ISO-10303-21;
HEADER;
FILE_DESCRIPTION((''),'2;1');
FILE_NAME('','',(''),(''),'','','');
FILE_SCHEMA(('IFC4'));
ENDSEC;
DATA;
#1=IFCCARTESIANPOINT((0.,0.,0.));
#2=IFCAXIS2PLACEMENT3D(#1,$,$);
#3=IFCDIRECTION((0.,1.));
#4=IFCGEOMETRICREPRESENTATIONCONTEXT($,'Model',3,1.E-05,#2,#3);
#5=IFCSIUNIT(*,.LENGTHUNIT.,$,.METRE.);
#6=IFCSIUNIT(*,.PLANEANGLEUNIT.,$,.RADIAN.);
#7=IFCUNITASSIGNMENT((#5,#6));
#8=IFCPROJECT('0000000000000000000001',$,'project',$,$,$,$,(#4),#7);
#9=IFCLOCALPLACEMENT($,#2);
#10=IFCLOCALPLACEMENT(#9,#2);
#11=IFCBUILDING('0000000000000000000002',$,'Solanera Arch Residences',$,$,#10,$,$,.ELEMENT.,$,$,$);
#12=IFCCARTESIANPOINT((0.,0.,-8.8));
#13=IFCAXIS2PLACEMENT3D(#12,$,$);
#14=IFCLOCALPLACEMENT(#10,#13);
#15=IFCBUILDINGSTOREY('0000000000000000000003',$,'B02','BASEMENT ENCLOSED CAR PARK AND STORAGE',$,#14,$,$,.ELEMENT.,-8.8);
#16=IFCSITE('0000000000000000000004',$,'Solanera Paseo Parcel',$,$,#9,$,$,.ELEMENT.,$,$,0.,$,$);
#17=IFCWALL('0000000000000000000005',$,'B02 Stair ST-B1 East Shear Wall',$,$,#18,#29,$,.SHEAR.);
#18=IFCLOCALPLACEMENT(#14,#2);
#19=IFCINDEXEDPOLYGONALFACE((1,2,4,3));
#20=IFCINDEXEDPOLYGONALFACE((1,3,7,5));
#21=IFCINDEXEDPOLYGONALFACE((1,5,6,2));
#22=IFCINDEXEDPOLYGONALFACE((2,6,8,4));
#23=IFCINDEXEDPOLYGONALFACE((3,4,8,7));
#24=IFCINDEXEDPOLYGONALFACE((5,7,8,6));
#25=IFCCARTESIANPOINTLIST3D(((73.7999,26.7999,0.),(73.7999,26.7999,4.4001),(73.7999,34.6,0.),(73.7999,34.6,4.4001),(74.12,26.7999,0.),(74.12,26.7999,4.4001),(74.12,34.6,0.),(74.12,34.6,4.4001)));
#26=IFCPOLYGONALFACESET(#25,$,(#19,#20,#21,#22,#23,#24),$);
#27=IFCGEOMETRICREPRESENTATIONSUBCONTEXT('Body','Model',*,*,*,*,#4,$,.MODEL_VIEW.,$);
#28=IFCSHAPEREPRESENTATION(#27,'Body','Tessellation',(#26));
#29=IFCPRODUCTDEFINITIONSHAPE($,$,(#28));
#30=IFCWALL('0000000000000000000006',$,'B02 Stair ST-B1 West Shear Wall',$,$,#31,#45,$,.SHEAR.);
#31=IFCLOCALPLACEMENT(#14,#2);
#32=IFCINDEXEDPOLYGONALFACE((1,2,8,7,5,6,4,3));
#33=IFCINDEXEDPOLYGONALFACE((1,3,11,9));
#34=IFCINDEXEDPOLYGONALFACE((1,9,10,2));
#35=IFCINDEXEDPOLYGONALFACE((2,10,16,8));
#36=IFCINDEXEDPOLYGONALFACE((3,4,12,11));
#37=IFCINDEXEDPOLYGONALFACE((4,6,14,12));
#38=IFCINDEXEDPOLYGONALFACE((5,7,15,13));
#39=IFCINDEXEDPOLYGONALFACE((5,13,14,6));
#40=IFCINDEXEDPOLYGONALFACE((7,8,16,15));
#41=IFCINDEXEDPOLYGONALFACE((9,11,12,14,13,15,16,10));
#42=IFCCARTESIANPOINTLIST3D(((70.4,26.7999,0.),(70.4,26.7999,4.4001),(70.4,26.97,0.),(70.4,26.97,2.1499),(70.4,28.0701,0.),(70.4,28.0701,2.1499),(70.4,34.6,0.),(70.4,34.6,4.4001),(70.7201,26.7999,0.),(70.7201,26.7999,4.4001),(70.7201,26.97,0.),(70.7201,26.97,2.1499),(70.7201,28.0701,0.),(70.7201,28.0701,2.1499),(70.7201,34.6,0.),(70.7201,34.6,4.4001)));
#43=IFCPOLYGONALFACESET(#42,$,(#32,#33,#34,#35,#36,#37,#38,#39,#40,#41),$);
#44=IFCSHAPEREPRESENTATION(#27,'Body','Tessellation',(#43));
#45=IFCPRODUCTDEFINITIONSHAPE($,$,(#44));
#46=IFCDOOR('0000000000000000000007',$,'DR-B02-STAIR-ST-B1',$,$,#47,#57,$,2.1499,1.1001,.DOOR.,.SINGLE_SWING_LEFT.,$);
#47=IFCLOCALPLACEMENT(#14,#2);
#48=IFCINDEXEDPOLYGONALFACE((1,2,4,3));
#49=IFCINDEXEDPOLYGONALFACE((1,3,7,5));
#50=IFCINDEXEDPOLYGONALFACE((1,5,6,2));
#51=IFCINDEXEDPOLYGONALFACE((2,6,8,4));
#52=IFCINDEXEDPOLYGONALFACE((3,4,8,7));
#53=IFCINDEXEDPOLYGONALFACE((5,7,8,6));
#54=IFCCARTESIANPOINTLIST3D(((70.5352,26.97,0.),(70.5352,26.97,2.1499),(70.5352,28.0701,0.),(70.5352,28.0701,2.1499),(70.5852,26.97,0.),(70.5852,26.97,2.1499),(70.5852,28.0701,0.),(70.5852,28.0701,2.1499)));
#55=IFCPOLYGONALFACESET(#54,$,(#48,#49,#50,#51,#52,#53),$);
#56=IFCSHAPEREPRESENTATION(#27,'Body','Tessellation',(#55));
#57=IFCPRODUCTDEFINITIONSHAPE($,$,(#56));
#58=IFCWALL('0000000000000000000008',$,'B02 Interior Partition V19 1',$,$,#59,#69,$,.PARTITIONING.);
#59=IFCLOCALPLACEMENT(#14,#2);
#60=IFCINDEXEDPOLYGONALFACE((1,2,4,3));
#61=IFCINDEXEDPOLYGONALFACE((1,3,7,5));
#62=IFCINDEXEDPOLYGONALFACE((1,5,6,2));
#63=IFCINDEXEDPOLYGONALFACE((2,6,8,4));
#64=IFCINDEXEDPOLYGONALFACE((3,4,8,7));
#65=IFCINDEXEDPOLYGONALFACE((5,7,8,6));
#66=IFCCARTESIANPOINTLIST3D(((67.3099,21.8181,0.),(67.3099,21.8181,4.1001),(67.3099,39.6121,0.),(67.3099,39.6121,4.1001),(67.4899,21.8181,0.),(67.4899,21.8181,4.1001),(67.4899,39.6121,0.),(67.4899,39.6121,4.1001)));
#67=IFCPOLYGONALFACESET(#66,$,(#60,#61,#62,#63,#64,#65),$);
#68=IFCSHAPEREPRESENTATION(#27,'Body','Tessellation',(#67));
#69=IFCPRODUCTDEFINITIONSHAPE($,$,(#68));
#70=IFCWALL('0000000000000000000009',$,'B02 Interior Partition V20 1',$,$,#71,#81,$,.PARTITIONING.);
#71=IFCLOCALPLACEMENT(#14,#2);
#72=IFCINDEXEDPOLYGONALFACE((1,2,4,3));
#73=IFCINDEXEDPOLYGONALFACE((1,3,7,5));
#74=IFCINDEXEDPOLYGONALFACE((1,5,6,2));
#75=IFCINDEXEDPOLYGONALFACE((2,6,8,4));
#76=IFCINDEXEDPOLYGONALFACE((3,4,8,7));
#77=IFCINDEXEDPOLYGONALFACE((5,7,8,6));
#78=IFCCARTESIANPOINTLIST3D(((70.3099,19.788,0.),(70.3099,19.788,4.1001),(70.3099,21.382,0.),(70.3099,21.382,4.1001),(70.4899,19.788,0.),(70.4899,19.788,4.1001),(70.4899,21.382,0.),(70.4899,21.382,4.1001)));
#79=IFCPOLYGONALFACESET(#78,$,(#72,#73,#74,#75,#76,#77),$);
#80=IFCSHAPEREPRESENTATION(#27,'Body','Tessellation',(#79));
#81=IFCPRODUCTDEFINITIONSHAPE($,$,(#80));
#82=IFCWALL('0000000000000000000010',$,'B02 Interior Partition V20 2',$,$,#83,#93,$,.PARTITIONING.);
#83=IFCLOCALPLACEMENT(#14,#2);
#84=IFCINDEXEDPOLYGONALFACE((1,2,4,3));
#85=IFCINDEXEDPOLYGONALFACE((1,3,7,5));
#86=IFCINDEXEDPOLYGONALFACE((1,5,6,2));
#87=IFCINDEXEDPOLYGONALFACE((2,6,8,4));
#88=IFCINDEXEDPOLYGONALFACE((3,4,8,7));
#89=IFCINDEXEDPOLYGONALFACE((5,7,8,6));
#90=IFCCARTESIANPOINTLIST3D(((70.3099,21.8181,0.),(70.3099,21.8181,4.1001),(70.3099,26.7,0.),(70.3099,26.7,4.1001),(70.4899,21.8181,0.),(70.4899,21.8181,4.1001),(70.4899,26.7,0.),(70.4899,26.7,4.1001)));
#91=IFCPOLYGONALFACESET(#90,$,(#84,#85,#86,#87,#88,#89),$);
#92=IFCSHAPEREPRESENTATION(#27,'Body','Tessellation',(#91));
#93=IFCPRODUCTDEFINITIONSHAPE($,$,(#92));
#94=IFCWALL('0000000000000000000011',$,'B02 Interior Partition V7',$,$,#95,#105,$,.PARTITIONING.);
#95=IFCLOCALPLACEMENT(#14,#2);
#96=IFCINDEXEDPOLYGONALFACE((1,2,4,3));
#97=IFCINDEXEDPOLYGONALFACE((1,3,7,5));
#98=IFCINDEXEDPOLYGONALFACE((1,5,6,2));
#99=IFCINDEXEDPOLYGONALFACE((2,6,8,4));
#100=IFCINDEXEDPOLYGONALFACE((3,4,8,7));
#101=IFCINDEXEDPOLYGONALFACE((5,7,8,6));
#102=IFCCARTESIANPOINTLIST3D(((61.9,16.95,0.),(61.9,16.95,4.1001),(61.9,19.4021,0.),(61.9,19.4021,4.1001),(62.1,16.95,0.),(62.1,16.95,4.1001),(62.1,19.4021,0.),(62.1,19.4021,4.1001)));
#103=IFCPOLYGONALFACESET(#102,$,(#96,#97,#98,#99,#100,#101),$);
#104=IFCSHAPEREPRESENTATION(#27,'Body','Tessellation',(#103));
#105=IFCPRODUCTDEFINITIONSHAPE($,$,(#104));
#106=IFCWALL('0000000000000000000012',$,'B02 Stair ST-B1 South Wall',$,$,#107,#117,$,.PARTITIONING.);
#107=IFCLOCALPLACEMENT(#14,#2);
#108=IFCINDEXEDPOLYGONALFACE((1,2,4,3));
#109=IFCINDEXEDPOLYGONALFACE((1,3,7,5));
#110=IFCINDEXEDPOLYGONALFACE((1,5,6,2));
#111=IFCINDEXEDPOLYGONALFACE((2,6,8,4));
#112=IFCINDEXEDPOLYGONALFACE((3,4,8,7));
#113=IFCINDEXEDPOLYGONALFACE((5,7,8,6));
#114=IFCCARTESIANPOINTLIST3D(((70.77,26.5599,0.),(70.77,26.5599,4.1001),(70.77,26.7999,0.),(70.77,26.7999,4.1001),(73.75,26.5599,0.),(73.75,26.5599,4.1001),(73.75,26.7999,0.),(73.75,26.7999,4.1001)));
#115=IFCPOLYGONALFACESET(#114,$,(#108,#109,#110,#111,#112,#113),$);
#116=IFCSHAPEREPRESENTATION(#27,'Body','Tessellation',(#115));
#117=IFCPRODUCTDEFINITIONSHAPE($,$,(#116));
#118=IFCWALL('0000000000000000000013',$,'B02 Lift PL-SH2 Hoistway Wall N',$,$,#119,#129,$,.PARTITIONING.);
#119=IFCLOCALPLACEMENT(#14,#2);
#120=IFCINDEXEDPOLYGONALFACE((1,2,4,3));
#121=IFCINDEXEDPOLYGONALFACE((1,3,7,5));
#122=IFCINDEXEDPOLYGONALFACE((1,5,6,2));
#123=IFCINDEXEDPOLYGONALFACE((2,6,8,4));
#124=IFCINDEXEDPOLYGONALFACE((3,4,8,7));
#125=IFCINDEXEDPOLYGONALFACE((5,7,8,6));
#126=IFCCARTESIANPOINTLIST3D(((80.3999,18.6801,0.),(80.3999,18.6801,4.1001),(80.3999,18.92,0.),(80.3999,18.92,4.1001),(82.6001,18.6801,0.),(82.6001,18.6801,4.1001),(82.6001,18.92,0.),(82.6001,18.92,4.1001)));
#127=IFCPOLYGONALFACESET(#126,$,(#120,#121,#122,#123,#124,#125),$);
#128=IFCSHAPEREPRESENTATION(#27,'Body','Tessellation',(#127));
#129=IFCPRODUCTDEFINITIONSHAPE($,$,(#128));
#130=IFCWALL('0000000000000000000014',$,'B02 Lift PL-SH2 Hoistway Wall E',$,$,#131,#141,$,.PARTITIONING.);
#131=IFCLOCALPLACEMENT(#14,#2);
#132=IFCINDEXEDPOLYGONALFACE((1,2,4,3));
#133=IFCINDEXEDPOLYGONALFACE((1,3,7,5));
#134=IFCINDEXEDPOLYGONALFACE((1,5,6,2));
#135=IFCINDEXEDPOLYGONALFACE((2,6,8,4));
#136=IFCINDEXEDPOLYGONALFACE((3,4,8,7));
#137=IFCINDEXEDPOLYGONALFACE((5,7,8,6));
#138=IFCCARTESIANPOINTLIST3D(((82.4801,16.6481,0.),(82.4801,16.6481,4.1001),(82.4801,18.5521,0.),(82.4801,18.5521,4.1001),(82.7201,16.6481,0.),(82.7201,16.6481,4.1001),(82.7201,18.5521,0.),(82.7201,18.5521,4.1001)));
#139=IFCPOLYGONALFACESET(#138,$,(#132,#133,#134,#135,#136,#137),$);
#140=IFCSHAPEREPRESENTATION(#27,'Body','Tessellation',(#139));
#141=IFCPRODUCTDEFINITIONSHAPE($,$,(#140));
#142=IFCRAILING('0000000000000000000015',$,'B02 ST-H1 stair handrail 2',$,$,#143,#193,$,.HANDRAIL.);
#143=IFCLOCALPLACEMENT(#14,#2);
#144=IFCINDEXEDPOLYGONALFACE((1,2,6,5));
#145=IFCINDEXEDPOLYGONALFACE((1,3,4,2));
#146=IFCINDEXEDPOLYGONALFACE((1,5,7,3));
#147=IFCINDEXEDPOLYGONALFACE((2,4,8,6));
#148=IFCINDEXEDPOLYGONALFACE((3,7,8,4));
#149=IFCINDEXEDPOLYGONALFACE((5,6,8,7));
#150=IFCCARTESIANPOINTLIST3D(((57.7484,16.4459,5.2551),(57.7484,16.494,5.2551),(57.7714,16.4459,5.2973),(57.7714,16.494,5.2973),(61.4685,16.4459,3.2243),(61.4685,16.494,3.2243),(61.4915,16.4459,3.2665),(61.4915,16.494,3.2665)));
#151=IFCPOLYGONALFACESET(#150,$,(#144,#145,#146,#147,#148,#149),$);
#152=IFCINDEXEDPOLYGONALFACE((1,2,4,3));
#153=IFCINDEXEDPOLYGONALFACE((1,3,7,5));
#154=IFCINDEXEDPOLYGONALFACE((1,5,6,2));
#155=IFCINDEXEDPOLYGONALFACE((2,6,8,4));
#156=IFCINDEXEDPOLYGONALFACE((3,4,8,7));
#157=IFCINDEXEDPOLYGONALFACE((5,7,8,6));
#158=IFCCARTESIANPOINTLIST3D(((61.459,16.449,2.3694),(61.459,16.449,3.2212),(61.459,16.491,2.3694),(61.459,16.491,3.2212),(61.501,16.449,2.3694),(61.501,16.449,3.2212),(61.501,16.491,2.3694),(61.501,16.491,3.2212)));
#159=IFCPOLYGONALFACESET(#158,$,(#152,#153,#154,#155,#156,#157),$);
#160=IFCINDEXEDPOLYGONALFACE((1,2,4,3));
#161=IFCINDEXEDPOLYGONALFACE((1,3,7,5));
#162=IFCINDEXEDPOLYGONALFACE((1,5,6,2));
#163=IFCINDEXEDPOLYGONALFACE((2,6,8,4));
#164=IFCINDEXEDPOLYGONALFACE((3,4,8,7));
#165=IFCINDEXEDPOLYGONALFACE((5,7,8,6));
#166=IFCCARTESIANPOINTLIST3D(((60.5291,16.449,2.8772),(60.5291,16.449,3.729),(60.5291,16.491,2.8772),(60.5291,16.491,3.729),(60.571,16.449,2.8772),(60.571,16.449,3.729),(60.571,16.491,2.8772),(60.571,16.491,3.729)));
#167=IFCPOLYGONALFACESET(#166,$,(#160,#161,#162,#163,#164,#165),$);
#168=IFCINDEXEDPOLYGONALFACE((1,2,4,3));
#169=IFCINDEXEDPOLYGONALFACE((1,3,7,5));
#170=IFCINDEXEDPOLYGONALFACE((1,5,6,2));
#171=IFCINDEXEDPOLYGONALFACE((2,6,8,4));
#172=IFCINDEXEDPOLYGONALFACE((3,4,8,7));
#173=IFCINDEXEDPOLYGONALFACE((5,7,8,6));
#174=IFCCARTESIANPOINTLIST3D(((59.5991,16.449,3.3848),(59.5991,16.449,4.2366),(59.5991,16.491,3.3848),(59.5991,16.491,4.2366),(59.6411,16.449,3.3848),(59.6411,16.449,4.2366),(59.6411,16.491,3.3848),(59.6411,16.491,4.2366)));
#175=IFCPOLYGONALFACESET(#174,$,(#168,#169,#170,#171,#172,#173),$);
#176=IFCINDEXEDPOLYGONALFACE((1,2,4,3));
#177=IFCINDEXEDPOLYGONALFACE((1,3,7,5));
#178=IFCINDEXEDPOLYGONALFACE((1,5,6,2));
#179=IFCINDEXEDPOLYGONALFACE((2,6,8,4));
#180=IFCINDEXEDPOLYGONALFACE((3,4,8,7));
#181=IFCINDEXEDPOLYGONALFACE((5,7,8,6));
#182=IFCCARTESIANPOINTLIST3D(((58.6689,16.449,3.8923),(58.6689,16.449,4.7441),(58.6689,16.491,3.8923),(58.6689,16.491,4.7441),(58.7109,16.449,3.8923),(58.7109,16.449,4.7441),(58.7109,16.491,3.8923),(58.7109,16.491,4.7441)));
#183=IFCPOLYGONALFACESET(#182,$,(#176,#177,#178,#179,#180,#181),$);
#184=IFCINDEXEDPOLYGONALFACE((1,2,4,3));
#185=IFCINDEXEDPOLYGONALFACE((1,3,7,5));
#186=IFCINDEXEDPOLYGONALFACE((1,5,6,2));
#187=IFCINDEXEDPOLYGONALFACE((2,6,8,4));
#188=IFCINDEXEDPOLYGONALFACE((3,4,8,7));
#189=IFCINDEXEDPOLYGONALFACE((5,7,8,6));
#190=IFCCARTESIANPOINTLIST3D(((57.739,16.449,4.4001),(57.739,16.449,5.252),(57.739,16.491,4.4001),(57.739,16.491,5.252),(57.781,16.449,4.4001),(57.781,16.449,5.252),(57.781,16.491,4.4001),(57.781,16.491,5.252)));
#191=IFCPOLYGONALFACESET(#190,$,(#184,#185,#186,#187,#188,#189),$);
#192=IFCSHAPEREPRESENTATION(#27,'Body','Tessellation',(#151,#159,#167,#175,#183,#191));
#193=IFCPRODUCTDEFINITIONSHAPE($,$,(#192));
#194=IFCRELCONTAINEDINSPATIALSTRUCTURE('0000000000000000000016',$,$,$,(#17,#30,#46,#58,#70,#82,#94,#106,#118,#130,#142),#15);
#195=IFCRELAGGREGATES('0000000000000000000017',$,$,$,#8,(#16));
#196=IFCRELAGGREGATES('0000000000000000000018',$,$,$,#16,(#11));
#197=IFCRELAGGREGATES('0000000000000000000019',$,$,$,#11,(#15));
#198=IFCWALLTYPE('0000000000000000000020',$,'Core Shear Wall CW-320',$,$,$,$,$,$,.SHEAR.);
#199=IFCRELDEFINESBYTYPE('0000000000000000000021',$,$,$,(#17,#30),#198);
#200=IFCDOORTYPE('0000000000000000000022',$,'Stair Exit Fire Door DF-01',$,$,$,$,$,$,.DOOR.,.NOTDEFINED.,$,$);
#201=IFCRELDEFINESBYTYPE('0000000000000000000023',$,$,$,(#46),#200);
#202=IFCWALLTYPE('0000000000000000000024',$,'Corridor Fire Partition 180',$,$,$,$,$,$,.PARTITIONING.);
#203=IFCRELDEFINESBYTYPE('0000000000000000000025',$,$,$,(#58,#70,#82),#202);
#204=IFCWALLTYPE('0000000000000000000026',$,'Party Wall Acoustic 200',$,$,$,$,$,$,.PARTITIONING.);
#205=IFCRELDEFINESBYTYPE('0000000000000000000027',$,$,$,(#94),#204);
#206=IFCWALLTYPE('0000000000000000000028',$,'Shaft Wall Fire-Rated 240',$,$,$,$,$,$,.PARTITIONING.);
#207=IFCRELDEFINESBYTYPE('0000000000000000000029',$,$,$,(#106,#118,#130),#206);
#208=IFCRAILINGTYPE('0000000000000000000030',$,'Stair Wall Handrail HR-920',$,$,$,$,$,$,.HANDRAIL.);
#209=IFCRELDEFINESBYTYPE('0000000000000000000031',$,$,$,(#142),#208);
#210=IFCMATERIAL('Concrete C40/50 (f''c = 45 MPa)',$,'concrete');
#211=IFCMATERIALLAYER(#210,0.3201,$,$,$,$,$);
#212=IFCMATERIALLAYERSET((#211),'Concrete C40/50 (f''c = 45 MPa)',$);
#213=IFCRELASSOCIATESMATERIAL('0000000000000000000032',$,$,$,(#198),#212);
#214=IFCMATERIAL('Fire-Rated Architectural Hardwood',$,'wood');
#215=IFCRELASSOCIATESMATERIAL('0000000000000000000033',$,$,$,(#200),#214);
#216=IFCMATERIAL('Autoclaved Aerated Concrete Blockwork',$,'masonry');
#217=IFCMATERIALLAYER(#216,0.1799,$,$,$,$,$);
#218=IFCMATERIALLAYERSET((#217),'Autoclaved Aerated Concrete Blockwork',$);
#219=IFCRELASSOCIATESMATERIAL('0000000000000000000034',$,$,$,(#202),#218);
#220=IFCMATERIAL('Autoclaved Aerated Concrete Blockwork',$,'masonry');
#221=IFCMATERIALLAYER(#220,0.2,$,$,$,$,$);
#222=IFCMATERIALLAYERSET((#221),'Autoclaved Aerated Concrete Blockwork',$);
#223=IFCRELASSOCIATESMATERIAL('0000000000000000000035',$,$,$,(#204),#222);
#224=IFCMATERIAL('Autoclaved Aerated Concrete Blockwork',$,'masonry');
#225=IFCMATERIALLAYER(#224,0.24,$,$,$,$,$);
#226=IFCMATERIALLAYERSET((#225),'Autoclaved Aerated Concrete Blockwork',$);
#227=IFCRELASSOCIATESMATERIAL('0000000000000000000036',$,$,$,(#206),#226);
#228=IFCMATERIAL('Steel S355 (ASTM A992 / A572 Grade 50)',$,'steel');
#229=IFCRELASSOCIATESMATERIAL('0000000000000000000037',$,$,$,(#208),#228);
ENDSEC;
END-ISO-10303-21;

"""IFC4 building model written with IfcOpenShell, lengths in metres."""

from ifc_helpers import new_model, si_unit, direction, frame, frame_2d, origin, origin_2d, place, context, subcontext, project, spatial, rectangle, extrude, material, layer, layer_set, type_object, element, fill, save


model = new_model("IFC4")

# Units and contexts
model_context = context("Model", 3, precision=1e-05, world=origin(), true_north=direction((0.0, 1.0)))
body_context = subcontext(model_context, "Body", "Model", "MODEL_VIEW")
ifc_project = project(units=[si_unit("LENGTHUNIT", "METRE"), si_unit("PLANEANGLEUNIT", "RADIAN")], contexts=[model_context])

# Site, building, storey
site_placement = place(None, origin())
site = spatial("IfcSite", under=ifc_project, at=site_placement, Name="Solanera Paseo Parcel", CompositionType="ELEMENT", RefElevation=0.0)
building_placement = place(site_placement, origin())
building = spatial("IfcBuilding", under=site, at=building_placement, Name="Solanera Arch Residences", CompositionType="ELEMENT")
storey_placement = place(building_placement, frame((0.0, 0.0, -8.8)))
storey = spatial("IfcBuildingStorey", under=building, at=storey_placement, Name="B02", Description="BASEMENT ENCLOSED CAR PARK AND STORAGE", CompositionType="ELEMENT", Elevation=-8.8)

# Wall
ifc_material_1 = material(Name="Concrete C40/50 (f'c = 45 MPa)", Category="concrete")
ifc_layer_1 = layer(ifc_material_1, 0.3201)
ifc_layer_set_1 = layer_set([ifc_layer_1], Name="Concrete C40/50 (f'c = 45 MPa)")
wall_type_1 = type_object("IfcWallType", Name="Core Shear Wall CW-320", PredefinedType="SHEAR", material=ifc_layer_set_1)
wall_1_placement = place(storey_placement, frame((73.96, 26.8, 0.0), z_axis=(0.0, 0.0, 1.0), x_axis=(0.0, 1.0, 0.0)))
element("IfcWall", 1, at=wall_1_placement, inside=storey, type_object=wall_type_1, Name="B02 Stair ST-B1 East Shear Wall", PredefinedType="SHEAR", context=body_context, shape_type="SweptSolid", body=[
    extrude(rectangle(XDim=7.8, YDim=0.3201, at=frame_2d((3.8999, 0.0))), origin(), (0.0, 0.0, 1.0), 4.4001),
])

# Wall, opening, door
wall_2_placement = place(storey_placement, frame((70.5601, 26.8, 0.0), z_axis=(0.0, 0.0, 1.0), x_axis=(0.0, 1.0, 0.0)))
wall_2 = element("IfcWall", 2, at=wall_2_placement, inside=storey, type_object=wall_type_1, Name="B02 Stair ST-B1 West Shear Wall", PredefinedType="SHEAR", context=body_context, shape_type="SweptSolid", body=[
    extrude(rectangle(XDim=7.8, YDim=0.3201, at=frame_2d((3.8999, 0.0))), origin(), (0.0, 0.0, 1.0), 4.4001),
])
opening_1_placement = place(wall_2_placement, frame((0.1699, 0.0, 0.0)))
opening_1 = element("IfcOpeningElement", 3, at=opening_1_placement, cuts=wall_2, PredefinedType="OPENING", context=body_context, shape_type="SweptSolid", body=[
    extrude(rectangle(XDim=1.1001, YDim=2.1499, at=frame_2d((0.55, 1.075))), frame((0.0, 0.1699, 0.0), z_axis=(0.0, -1.0, 0.0), x_axis=(1.0, 0.0, 0.0)), (0.0, 0.0, 1.0), 0.3401),
])
ifc_material_2 = material(Name="Fire-Rated Architectural Hardwood", Category="wood")
door_type_1 = type_object("IfcDoorType", Name="Stair Exit Fire Door DF-01", OperationType="NOTDEFINED", PredefinedType="DOOR", material=ifc_material_2)
door_1_placement = place(opening_1_placement, origin())
door_1 = element("IfcDoor", 4, at=door_1_placement, inside=storey, type_object=door_type_1, Name="DR-B02-STAIR-ST-B1", OperationType="SINGLE_SWING_LEFT", OverallHeight=2.1499, OverallWidth=1.1001, PredefinedType="DOOR", context=body_context, shape_type="SweptSolid", body=[
    extrude(rectangle(XDim=1.1001, YDim=2.1499, at=frame_2d((0.55, 1.075))), frame((0.0, 0.0249, 0.0), z_axis=(0.0, -1.0, 0.0), x_axis=(1.0, 0.0, 0.0)), (0.0, 0.0, 1.0), 0.05),
])
fill(opening_1, door_1)

# Walls
ifc_material_3 = material(Name="Autoclaved Aerated Concrete Blockwork", Category="masonry")
ifc_layer_2 = layer(ifc_material_3, 0.1799)
ifc_layer_set_2 = layer_set([ifc_layer_2], Name="Autoclaved Aerated Concrete Blockwork")
wall_type_2 = type_object("IfcWallType", Name="Corridor Fire Partition 180", PredefinedType="PARTITIONING", material=ifc_layer_set_2)
wall_3_placement = place(storey_placement, frame((67.3999, 21.8181, 0.0), z_axis=(0.0, 0.0, 1.0), x_axis=(0.0, 1.0, 0.0)))
element("IfcWall", 5, at=wall_3_placement, inside=storey, type_object=wall_type_2, Name="B02 Interior Partition V19 1", PredefinedType="PARTITIONING", context=body_context, shape_type="SweptSolid", body=[
    extrude(rectangle(XDim=17.7939, YDim=0.1799, at=frame_2d((8.897, 0.0))), origin(), (0.0, 0.0, 1.0), 4.1001),
])
wall_4_placement = place(storey_placement, frame((70.3999, 19.7881, 0.0), z_axis=(0.0, 0.0, 1.0), x_axis=(0.0, 1.0, 0.0)))
element("IfcWall", 6, at=wall_4_placement, inside=storey, type_object=wall_type_2, Name="B02 Interior Partition V20 1", PredefinedType="PARTITIONING", context=body_context, shape_type="SweptSolid", body=[
    extrude(rectangle(XDim=1.594, YDim=0.1799, at=frame_2d((0.7969, 0.0))), origin(), (0.0, 0.0, 1.0), 4.1001),
])
wall_5_placement = place(storey_placement, frame((70.3999, 21.8181, 0.0), z_axis=(0.0, 0.0, 1.0), x_axis=(0.0, 1.0, 0.0)))
element("IfcWall", 7, at=wall_5_placement, inside=storey, type_object=wall_type_2, Name="B02 Interior Partition V20 2", PredefinedType="PARTITIONING", context=body_context, shape_type="SweptSolid", body=[
    extrude(rectangle(XDim=4.8818, YDim=0.1799, at=frame_2d((2.4409, 0.0))), origin(), (0.0, 0.0, 1.0), 4.1001),
])
ifc_material_4 = material(Name="Autoclaved Aerated Concrete Blockwork", Category="masonry")
ifc_layer_3 = layer(ifc_material_4, 0.2)
ifc_layer_set_3 = layer_set([ifc_layer_3], Name="Autoclaved Aerated Concrete Blockwork")
wall_type_3 = type_object("IfcWallType", Name="Party Wall Acoustic 200", PredefinedType="PARTITIONING", material=ifc_layer_set_3)
wall_6_placement = place(storey_placement, frame((62.0, 16.95, 0.0), z_axis=(0.0, 0.0, 1.0), x_axis=(0.0, 1.0, 0.0)))
element("IfcWall", 8, at=wall_6_placement, inside=storey, type_object=wall_type_3, Name="B02 Interior Partition V7", PredefinedType="PARTITIONING", context=body_context, shape_type="SweptSolid", body=[
    extrude(rectangle(XDim=2.4521, YDim=0.2, at=frame_2d((1.2261, 0.0))), origin(), (0.0, 0.0, 1.0), 4.1001),
])
ifc_material_5 = material(Name="Autoclaved Aerated Concrete Blockwork", Category="masonry")
ifc_layer_4 = layer(ifc_material_5, 0.24)
ifc_layer_set_4 = layer_set([ifc_layer_4], Name="Autoclaved Aerated Concrete Blockwork")
wall_type_4 = type_object("IfcWallType", Name="Shaft Wall Fire-Rated 240", PredefinedType="PARTITIONING", material=ifc_layer_set_4)
wall_7_placement = place(storey_placement, frame((70.77, 26.6799, 0.0), z_axis=(0.0, 0.0, 1.0), x_axis=(1.0, 0.0, 0.0)))
element("IfcWall", 9, at=wall_7_placement, inside=storey, type_object=wall_type_4, Name="B02 Stair ST-B1 South Wall", PredefinedType="PARTITIONING", context=body_context, shape_type="SweptSolid", body=[
    extrude(rectangle(XDim=2.98, YDim=0.24, at=frame_2d((1.49, 0.0))), origin(), (0.0, 0.0, 1.0), 4.1001),
])
wall_8_placement = place(storey_placement, frame((80.3999, 18.8, 0.0), z_axis=(0.0, 0.0, 1.0), x_axis=(1.0, 0.0, 0.0)))
element("IfcWall", 10, at=wall_8_placement, inside=storey, type_object=wall_type_4, Name="B02 Lift PL-SH2 Hoistway Wall N", PredefinedType="PARTITIONING", context=body_context, shape_type="SweptSolid", body=[
    extrude(rectangle(XDim=2.2002, YDim=0.24, at=frame_2d((1.1001, 0.0))), origin(), (0.0, 0.0, 1.0), 4.1001),
])

# Wall
wall_9_placement = place(storey_placement, frame((82.6001, 16.6479, 0.0), z_axis=(0.0, 0.0, 1.0), x_axis=(0.0, 1.0, 0.0)))
element("IfcWall", 11, at=wall_9_placement, inside=storey, type_object=wall_type_4, Name="B02 Lift PL-SH2 Hoistway Wall E", PredefinedType="PARTITIONING", context=body_context, shape_type="SweptSolid", body=[
    extrude(rectangle(XDim=1.9041, YDim=0.24, at=frame_2d((0.9521, 0.0))), origin(), (0.0, 0.0, 1.0), 4.1001),
])

# Railing
ifc_material_6 = material(Name="Steel S355 (ASTM A992 / A572 Grade 50)", Category="steel")
railing_type = type_object("IfcRailingType", Name="Stair Wall Handrail HR-920", PredefinedType="HANDRAIL", material=ifc_material_6)
railing_placement = place(storey_placement, frame((61.48, 16.47, 2.3694)))
element("IfcRailing", 12, at=railing_placement, inside=storey, type_object=railing_type, Name="B02 ST-H1 stair handrail 2", PredefinedType="HANDRAIL", context=body_context, shape_type="SweptSolid", body=[
    extrude(rectangle(XDim=0.0481, YDim=0.0481, at=origin_2d()), frame((0.0, 0.0, 0.876), z_axis=(-0.877728, 0.0, 0.479159), x_axis=(0.0, -1.0, 0.0)), (0.0, 0.0, 1.0), 4.2383),
    extrude(rectangle(XDim=0.042, YDim=0.042, at=origin_2d()), origin(), (0.0, 0.0, 1.0), 0.8518),
    extrude(rectangle(XDim=0.042, YDim=0.042, at=origin_2d()), frame((-0.9299, 0.0, 0.5078)), (0.0, 0.0, 1.0), 0.8518),
    extrude(rectangle(XDim=0.042, YDim=0.042, at=origin_2d()), frame((-1.8599, 0.0, 1.0154)), (0.0, 0.0, 1.0), 0.8518),
    extrude(rectangle(XDim=0.042, YDim=0.042, at=origin_2d()), frame((-2.79, 0.0, 1.5229)), (0.0, 0.0, 1.0), 0.8518),
    extrude(rectangle(XDim=0.042, YDim=0.042, at=origin_2d()), frame((-3.72, 0.0, 2.0308)), (0.0, 0.0, 1.0), 0.8518),
])

save(model, "model.ifc")
